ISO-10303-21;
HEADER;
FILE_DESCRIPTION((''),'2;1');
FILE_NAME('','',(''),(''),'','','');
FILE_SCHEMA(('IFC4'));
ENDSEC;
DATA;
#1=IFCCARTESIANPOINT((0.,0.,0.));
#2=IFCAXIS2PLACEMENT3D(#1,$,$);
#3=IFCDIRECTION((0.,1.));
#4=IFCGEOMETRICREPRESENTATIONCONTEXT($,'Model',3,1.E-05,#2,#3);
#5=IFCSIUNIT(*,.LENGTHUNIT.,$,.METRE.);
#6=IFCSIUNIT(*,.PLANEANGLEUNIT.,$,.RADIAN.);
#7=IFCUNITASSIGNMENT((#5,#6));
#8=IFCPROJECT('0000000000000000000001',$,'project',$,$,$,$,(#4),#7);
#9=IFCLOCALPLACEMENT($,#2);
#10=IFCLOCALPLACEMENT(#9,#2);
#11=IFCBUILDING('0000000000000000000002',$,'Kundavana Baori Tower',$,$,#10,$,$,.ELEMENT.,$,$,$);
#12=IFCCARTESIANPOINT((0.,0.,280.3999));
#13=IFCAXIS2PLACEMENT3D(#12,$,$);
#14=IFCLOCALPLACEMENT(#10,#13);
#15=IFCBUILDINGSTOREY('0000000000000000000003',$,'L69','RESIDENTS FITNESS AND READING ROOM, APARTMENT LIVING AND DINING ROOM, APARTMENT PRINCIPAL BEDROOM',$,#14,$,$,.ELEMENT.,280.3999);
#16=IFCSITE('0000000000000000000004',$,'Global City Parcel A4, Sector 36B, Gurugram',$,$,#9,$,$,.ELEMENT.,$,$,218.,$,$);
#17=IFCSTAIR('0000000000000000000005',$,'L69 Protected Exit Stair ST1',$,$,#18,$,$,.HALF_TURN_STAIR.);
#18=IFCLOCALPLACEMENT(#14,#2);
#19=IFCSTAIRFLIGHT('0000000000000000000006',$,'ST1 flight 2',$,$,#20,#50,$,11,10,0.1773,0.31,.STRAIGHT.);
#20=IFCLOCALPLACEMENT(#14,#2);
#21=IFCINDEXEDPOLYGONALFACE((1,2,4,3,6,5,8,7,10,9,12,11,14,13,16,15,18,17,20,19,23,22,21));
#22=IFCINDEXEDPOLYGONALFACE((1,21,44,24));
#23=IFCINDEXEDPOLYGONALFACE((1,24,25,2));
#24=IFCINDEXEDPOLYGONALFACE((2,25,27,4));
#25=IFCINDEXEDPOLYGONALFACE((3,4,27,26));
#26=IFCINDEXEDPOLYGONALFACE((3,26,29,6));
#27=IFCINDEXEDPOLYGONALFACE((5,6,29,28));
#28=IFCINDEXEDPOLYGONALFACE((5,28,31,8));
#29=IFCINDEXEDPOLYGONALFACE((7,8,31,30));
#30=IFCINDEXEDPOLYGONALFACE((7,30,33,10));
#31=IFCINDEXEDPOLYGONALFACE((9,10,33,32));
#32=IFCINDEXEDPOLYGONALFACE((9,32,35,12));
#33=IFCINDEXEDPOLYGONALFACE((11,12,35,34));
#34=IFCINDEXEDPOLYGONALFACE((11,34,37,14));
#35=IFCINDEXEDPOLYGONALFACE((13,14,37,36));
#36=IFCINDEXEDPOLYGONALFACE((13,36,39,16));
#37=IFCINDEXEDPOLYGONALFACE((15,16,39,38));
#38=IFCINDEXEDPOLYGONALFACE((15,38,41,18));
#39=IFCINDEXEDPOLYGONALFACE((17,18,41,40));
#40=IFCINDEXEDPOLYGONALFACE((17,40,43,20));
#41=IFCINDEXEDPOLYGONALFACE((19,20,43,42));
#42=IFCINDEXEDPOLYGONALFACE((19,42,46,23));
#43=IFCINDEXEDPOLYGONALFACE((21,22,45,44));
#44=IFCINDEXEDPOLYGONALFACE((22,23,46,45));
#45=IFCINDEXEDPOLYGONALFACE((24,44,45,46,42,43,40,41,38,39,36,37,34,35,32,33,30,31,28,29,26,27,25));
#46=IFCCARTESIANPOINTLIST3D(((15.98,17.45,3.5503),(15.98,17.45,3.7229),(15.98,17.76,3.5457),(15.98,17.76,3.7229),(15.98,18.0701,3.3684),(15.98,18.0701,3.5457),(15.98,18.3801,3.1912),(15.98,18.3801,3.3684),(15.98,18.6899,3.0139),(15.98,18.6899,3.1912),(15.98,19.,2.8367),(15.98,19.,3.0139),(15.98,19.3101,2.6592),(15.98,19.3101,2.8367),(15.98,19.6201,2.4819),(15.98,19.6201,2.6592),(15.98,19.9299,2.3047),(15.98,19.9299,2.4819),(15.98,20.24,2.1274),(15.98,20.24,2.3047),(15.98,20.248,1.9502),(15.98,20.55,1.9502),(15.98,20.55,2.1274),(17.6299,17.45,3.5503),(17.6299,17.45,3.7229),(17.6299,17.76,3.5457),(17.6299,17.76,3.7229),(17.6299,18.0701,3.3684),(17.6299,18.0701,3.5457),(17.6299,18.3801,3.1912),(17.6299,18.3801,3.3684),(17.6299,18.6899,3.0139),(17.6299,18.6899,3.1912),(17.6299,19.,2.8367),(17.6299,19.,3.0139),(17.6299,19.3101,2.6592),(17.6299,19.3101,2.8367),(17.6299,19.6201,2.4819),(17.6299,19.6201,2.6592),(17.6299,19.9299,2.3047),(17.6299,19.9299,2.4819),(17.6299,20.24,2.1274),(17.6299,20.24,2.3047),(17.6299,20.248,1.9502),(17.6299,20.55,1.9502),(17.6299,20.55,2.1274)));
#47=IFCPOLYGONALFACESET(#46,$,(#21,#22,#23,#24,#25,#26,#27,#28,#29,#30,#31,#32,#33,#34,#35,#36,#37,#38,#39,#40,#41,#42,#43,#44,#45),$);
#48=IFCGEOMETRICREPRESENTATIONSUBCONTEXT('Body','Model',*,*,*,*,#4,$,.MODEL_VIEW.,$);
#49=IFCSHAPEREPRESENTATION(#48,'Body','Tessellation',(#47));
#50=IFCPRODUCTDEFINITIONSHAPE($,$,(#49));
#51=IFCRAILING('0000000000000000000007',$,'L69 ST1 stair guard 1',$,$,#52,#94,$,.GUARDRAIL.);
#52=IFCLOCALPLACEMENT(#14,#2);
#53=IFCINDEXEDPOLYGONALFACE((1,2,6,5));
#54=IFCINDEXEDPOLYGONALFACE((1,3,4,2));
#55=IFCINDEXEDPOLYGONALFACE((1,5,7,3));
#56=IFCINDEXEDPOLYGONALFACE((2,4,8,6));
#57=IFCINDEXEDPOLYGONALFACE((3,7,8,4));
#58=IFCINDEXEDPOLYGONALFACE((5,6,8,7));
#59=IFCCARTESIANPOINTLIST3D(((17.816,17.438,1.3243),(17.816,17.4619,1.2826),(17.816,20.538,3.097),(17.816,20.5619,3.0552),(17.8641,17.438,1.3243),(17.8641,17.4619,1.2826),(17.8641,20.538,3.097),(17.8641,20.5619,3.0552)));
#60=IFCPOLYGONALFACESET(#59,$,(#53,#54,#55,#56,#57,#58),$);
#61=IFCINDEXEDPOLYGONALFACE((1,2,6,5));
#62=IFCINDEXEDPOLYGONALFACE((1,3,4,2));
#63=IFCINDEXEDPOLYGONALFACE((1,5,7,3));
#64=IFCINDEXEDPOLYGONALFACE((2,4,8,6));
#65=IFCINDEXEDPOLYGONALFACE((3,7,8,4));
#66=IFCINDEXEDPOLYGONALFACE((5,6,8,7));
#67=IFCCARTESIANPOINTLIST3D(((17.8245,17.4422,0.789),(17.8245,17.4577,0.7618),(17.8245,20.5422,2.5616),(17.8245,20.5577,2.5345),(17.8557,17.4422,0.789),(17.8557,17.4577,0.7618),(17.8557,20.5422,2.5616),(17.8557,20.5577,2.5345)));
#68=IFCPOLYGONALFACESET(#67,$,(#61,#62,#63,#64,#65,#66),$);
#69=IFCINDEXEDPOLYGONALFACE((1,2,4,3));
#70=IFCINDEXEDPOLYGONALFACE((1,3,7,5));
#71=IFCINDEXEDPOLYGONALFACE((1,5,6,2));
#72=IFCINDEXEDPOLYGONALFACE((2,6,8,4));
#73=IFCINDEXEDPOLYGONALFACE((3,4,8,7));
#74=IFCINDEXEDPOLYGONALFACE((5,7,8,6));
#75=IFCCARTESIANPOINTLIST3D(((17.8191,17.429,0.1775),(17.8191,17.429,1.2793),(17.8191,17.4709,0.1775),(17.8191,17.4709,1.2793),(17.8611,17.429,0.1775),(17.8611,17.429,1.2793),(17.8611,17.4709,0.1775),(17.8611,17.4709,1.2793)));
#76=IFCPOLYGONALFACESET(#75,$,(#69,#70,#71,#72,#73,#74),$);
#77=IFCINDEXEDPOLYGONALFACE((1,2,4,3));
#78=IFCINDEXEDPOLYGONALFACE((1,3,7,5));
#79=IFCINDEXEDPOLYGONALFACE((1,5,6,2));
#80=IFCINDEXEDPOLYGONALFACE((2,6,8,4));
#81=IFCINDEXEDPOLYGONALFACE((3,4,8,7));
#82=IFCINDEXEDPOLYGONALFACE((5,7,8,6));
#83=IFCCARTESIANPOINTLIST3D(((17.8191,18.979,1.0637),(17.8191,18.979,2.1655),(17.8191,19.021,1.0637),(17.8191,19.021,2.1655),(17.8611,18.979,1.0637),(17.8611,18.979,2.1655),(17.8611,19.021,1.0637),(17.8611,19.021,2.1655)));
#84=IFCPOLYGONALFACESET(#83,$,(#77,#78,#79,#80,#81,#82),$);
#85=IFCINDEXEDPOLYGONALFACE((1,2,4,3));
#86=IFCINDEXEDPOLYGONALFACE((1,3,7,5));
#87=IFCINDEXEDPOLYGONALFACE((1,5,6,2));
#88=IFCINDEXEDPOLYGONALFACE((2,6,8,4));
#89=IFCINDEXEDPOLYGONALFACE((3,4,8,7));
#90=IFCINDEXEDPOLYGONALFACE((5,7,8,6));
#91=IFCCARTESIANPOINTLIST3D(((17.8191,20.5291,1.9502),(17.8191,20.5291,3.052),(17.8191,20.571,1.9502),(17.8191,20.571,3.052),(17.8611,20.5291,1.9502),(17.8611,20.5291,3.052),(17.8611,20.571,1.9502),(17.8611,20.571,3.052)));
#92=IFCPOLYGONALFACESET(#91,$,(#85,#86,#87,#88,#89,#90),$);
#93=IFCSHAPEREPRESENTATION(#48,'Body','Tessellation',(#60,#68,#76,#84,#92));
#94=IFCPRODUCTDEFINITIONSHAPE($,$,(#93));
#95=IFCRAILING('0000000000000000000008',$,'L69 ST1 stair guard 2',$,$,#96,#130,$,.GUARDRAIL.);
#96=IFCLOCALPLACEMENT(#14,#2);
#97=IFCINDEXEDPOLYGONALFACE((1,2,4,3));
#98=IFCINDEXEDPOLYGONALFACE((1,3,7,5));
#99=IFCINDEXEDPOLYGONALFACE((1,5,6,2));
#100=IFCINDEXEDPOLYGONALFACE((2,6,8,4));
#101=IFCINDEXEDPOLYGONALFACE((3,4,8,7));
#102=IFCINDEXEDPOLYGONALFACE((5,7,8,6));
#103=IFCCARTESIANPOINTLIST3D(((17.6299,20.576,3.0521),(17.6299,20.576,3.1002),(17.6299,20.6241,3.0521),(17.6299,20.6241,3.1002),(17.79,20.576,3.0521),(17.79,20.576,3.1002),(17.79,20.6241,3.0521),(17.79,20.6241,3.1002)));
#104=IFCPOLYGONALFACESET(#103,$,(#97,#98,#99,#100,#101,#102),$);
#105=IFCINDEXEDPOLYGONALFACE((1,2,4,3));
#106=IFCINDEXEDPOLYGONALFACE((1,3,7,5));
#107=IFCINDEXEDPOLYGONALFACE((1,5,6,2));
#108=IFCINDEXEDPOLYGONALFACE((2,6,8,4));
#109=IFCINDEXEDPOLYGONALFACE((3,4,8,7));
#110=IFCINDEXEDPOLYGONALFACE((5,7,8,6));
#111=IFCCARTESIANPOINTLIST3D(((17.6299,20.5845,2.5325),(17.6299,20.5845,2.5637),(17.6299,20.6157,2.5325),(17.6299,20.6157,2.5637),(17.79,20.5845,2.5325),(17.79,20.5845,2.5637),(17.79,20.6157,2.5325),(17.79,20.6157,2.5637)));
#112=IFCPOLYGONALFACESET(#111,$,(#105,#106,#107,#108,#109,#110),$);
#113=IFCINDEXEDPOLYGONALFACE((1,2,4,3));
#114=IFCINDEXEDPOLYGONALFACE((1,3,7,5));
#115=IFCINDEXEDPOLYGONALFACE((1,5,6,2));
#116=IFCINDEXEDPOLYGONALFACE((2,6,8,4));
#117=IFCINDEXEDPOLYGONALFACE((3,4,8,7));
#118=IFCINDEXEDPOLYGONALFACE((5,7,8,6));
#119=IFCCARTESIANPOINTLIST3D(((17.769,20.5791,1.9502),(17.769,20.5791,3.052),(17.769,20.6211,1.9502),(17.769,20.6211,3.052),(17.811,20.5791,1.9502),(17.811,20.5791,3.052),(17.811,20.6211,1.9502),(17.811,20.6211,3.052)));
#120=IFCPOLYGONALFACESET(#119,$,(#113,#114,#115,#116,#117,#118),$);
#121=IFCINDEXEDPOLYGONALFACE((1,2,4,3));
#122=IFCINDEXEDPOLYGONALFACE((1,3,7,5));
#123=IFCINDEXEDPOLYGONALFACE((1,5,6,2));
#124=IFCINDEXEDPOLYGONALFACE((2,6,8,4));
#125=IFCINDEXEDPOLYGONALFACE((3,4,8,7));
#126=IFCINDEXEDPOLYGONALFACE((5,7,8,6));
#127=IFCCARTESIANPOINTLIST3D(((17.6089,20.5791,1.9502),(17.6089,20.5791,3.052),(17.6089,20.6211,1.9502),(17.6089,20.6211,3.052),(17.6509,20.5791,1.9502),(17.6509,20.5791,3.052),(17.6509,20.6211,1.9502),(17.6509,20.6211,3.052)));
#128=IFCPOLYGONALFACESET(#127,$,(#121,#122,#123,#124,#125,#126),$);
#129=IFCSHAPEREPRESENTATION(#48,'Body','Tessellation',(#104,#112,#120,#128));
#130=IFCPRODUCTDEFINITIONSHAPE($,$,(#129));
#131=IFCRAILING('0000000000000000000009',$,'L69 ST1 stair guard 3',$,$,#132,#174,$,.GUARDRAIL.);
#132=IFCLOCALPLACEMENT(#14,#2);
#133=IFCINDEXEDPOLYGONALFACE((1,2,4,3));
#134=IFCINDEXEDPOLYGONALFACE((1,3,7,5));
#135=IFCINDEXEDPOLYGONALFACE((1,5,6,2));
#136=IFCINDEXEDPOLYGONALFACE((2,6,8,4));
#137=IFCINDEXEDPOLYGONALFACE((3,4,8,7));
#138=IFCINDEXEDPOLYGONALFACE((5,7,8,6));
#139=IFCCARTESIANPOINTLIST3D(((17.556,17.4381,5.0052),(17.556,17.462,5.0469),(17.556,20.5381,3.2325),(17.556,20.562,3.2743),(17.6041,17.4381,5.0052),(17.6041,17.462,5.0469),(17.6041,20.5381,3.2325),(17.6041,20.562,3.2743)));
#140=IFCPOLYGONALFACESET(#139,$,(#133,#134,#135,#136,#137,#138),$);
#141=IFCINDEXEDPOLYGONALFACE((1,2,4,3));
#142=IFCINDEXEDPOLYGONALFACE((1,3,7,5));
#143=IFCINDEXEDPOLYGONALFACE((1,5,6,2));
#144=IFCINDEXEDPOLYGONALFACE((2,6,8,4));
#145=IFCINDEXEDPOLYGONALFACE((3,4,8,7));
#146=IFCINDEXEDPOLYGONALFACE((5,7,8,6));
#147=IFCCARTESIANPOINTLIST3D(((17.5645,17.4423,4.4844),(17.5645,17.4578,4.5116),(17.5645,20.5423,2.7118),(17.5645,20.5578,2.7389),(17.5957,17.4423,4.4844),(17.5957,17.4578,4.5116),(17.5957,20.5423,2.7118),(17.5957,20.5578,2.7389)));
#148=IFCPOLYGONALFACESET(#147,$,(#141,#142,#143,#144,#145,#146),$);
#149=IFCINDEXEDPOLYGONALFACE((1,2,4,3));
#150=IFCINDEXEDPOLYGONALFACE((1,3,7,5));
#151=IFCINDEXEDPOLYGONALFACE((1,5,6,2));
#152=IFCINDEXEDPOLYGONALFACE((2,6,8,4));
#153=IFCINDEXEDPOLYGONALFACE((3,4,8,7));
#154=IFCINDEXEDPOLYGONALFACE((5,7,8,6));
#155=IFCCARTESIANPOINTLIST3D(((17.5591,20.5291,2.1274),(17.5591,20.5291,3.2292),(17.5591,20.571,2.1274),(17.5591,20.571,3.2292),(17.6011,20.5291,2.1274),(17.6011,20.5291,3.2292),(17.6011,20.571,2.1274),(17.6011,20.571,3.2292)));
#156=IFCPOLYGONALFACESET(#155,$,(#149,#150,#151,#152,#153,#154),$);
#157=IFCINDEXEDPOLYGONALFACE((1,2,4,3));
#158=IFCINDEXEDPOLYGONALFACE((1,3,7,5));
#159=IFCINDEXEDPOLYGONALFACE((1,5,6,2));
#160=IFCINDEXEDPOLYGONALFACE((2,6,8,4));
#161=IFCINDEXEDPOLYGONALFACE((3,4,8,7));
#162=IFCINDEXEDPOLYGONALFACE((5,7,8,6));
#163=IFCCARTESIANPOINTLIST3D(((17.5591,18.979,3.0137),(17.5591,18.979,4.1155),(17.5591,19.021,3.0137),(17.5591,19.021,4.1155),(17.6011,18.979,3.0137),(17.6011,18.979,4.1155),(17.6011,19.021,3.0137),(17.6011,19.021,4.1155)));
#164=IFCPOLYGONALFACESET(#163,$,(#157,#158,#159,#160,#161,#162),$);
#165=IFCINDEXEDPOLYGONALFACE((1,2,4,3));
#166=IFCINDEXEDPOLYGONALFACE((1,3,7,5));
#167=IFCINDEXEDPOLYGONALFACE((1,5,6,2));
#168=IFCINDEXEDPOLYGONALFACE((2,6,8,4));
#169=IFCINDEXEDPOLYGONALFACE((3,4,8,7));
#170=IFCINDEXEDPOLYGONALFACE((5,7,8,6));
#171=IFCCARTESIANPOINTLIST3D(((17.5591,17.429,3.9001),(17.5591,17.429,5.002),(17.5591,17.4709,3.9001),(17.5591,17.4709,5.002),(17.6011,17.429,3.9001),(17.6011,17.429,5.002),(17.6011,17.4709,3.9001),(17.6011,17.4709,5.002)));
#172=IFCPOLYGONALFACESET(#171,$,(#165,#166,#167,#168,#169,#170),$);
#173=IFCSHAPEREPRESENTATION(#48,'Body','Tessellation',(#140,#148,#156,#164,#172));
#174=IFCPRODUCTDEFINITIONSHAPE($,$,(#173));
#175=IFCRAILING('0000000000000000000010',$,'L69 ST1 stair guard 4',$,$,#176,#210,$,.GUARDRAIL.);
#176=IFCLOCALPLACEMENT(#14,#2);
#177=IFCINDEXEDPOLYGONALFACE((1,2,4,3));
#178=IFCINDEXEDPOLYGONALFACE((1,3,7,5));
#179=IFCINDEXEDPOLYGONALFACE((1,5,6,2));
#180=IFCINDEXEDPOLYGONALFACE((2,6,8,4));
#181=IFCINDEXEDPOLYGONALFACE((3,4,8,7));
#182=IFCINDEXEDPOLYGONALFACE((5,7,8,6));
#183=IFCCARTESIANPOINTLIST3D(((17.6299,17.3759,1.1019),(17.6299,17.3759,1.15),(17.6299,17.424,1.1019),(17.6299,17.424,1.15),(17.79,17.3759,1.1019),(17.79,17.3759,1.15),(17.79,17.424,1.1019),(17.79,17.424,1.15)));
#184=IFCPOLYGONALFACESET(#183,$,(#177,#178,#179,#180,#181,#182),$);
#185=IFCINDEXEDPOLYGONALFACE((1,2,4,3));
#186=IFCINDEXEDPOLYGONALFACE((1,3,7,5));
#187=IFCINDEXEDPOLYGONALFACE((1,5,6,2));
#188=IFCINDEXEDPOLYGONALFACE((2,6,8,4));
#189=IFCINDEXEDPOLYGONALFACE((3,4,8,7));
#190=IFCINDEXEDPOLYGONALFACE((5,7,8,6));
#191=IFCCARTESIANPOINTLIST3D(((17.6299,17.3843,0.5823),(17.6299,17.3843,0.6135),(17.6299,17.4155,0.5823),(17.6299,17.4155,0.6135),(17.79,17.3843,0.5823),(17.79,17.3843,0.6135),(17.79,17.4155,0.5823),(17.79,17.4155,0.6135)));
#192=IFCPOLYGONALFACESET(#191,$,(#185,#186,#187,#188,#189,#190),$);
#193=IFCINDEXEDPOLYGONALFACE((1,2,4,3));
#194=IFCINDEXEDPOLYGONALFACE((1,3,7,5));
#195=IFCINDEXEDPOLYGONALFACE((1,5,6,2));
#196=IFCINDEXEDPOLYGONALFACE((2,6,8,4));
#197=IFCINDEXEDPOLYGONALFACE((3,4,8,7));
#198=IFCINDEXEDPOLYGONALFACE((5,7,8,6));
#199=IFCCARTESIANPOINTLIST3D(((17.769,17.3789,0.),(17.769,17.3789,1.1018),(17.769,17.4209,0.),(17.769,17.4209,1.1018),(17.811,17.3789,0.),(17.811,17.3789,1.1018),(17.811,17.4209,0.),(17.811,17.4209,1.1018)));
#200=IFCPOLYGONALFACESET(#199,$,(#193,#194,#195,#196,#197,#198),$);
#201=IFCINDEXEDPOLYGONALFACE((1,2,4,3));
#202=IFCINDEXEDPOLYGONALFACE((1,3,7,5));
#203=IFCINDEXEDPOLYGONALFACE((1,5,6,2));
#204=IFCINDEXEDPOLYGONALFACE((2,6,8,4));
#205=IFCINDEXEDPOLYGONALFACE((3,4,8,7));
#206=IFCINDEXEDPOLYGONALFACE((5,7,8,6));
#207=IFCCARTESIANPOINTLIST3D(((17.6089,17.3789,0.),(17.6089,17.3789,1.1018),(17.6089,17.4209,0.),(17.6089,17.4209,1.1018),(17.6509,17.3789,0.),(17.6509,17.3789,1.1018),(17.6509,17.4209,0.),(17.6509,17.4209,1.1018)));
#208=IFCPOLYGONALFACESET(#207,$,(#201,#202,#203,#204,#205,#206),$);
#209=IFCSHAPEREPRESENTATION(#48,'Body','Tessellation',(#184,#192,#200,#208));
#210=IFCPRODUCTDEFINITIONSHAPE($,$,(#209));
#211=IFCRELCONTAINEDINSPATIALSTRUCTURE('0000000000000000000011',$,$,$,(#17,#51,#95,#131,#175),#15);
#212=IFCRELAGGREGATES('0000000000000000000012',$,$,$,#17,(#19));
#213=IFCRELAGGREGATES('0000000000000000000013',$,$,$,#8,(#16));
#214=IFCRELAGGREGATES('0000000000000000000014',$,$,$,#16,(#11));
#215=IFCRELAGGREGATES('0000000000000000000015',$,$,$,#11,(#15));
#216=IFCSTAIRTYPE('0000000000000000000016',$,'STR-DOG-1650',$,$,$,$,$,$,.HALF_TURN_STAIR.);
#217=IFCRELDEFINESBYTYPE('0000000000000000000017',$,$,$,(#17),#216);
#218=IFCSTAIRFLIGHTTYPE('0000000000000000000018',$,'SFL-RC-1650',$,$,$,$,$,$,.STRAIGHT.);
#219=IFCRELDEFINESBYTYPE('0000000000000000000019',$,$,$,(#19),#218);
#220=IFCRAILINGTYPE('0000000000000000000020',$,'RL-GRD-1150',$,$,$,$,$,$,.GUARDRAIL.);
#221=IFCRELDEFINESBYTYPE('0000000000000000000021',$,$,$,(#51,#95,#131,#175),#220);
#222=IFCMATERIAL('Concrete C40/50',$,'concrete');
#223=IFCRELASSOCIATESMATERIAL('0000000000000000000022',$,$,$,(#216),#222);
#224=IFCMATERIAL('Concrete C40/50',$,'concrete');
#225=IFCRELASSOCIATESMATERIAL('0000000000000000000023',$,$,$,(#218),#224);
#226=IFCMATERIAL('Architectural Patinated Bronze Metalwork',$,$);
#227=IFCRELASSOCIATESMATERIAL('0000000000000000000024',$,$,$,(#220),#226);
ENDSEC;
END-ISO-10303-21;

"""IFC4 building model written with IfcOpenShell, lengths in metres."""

from ifc_helpers import new_model, si_unit, direction, frame, origin, origin_2d, place, context, subcontext, project, spatial, polyline, rectangle, outline, extrude, material, type_object, element, aggregate, save


model = new_model("IFC4")

# Units and contexts
model_context = context("Model", 3, precision=1e-05, world=origin(), true_north=direction((0.0, 1.0)))
body_context = subcontext(model_context, "Body", "Model", "MODEL_VIEW")
ifc_project = project(units=[si_unit("LENGTHUNIT", "METRE"), si_unit("PLANEANGLEUNIT", "RADIAN")], contexts=[model_context])

# Site, building, storey
site_placement = place(None, origin())
site = spatial("IfcSite", under=ifc_project, at=site_placement, Name="Global City Parcel A4, Sector 36B, Gurugram", CompositionType="ELEMENT", RefElevation=218.0)
building_placement = place(site_placement, origin())
building = spatial("IfcBuilding", under=site, at=building_placement, Name="Kundavana Baori Tower", CompositionType="ELEMENT")
storey_placement = place(building_placement, frame((0.0, 0.0, 280.3999)))
storey = spatial("IfcBuildingStorey", under=building, at=storey_placement, Name="L69", Description="RESIDENTS FITNESS AND READING ROOM, APARTMENT LIVING AND DINING ROOM, APARTMENT PRINCIPAL BEDROOM", CompositionType="ELEMENT", Elevation=280.3999)

# Stair, stair flight
ifc_material_1 = material(Name="Concrete C40/50", Category="concrete")
stair_type = type_object("IfcStairType", Name="STR-DOG-1650", PredefinedType="HALF_TURN_STAIR", material=ifc_material_1)
stair_placement = place(storey_placement, origin())
stair = element("IfcStair", 1, at=stair_placement, inside=storey, type_object=stair_type, Name="L69 Protected Exit Stair ST1", PredefinedType="HALF_TURN_STAIR")
ifc_material_2 = material(Name="Concrete C40/50", Category="concrete")
stair_flight_type = type_object("IfcStairFlightType", Name="SFL-RC-1650", PredefinedType="STRAIGHT", material=ifc_material_2)
stair_flight_1_placement = place(storey_placement, frame((16.8049, 20.55, 1.9502), z_axis=(0.0, 0.0, 1.0), x_axis=(0.0, -1.0, 0.0)))
stair_flight_1 = element("IfcStairFlight", 2, at=stair_flight_1_placement, type_object=stair_flight_type, Name="ST1 flight 2", NumberOfRisers=11, NumberOfTreads=10, PredefinedType="STRAIGHT", RiserHeight=0.1773, TreadLength=0.31, context=body_context, shape_type="SweptSolid", body=[
    extrude(outline(polyline([(0.0, 0.0), (0.0, 0.1772), (0.3101, 0.1772), (0.3101, 0.3545), (0.6201, 0.3545), (0.6201, 0.5317), (0.9299, 0.5317), (0.9299, 0.709), (1.24, 0.709), (1.24, 0.8865), (1.55, 0.8865), (1.55, 1.0637), (1.8601, 1.0637), (1.8601, 1.241), (2.1699, 1.241), (2.1699, 1.4182), (2.48, 1.4182), (2.48, 1.5955), (2.79, 1.5955), (2.79, 1.7727), (3.1001, 1.7727), (3.1001, 1.95), (3.1001, 1.6001), (0.302, 0.0), (0.0, 0.0)])), frame((0.0, 0.825, 0.0), z_axis=(0.0, -1.0, 0.0), x_axis=(1.0, 0.0, 0.0)), (0.0, 0.0, 1.0), 1.6499),
])
aggregate(stair, [stair_flight_1])

# Railings
ifc_material_3 = material(Name="Architectural Patinated Bronze Metalwork")
railing_type_1 = type_object("IfcRailingType", Name="RL-GRD-1150", PredefinedType="GUARDRAIL", material=ifc_material_3)
railing_1_placement = place(storey_placement, frame((17.8401, 17.45, 0.1775)))
element("IfcRailing", 3, at=railing_1_placement, inside=storey, type_object=railing_type_1, Name="L69 ST1 stair guard 1", PredefinedType="GUARDRAIL", context=body_context, shape_type="SweptSolid", body=[
    extrude(rectangle(XDim=0.0481, YDim=0.0481, at=origin_2d()), frame((0.0, 0.0, 1.126), z_axis=(0.0, 0.868096, 0.496397), x_axis=(-1.0, 0.0, 0.0)), (0.0, 0.0, 1.0), 3.571),
    extrude(rectangle(XDim=0.0312, YDim=0.0312, at=origin_2d()), frame((0.0, 0.0, 0.5979), z_axis=(0.0, 0.868096, 0.496397), x_axis=(-1.0, 0.0, 0.0)), (0.0, 0.0, 1.0), 3.571),
    extrude(rectangle(XDim=0.042, YDim=0.042, at=origin_2d()), origin(), (0.0, 0.0, 1.0), 1.1018),
    extrude(rectangle(XDim=0.042, YDim=0.042, at=origin_2d()), frame((0.0, 1.55, 0.8862)), (0.0, 0.0, 1.0), 1.1018),
    extrude(rectangle(XDim=0.042, YDim=0.042, at=origin_2d()), frame((0.0, 3.1001, 1.7727)), (0.0, 0.0, 1.0), 1.1018),
])
railing_2_placement = place(storey_placement, frame((17.79, 20.6001, 1.9502)))
element("IfcRailing", 4, at=railing_2_placement, inside=storey, type_object=railing_type_1, Name="L69 ST1 stair guard 2", PredefinedType="GUARDRAIL", context=body_context, shape_type="SweptSolid", body=[
    extrude(rectangle(XDim=0.0481, YDim=0.0481, at=origin_2d()), frame((0.0, 0.0, 1.126), z_axis=(-1.0, 0.0, 0.0), x_axis=(0.0, -1.0, 0.0)), (0.0, 0.0, 1.0), 0.1602),
    extrude(rectangle(XDim=0.0312, YDim=0.0312, at=origin_2d()), frame((0.0, 0.0, 0.5979), z_axis=(-1.0, 0.0, 0.0), x_axis=(0.0, -1.0, 0.0)), (0.0, 0.0, 1.0), 0.1602),
    extrude(rectangle(XDim=0.042, YDim=0.042, at=origin_2d()), origin(), (0.0, 0.0, 1.0), 1.1018),
    extrude(rectangle(XDim=0.042, YDim=0.042, at=origin_2d()), frame((-0.1602, 0.0, 0.0)), (0.0, 0.0, 1.0), 1.1018),
])
railing_3_placement = place(storey_placement, frame((17.5801, 20.55, 2.1274)))
element("IfcRailing", 5, at=railing_3_placement, inside=storey, type_object=railing_type_1, Name="L69 ST1 stair guard 3", PredefinedType="GUARDRAIL", context=body_context, shape_type="SweptSolid", body=[
    extrude(rectangle(XDim=0.0481, YDim=0.0481, at=origin_2d()), frame((0.0, 0.0, 1.126), z_axis=(0.0, -0.868096, 0.496397), x_axis=(1.0, 0.0, 0.0)), (0.0, 0.0, 1.0), 3.571),
    extrude(rectangle(XDim=0.0312, YDim=0.0312, at=origin_2d()), frame((0.0, 0.0, 0.5979), z_axis=(0.0, -0.868096, 0.496397), x_axis=(1.0, 0.0, 0.0)), (0.0, 0.0, 1.0), 3.571),
    extrude(rectangle(XDim=0.042, YDim=0.042, at=origin_2d()), origin(), (0.0, 0.0, 1.0), 1.1018),
    extrude(rectangle(XDim=0.042, YDim=0.042, at=origin_2d()), frame((0.0, -1.55, 0.8862)), (0.0, 0.0, 1.0), 1.1018),
    extrude(rectangle(XDim=0.042, YDim=0.042, at=origin_2d()), frame((0.0, -3.1001, 1.7727)), (0.0, 0.0, 1.0), 1.1018),
])
railing_4_placement = place(storey_placement, frame((17.79, 17.3999, 0.0)))
element("IfcRailing", 6, at=railing_4_placement, inside=storey, type_object=railing_type_1, Name="L69 ST1 stair guard 4", PredefinedType="GUARDRAIL", context=body_context, shape_type="SweptSolid", body=[
    extrude(rectangle(XDim=0.0481, YDim=0.0481, at=origin_2d()), frame((0.0, 0.0, 1.126), z_axis=(-1.0, 0.0, 0.0), x_axis=(0.0, -1.0, 0.0)), (0.0, 0.0, 1.0), 0.1602),
    extrude(rectangle(XDim=0.0312, YDim=0.0312, at=origin_2d()), frame((0.0, 0.0, 0.5979), z_axis=(-1.0, 0.0, 0.0), x_axis=(0.0, -1.0, 0.0)), (0.0, 0.0, 1.0), 0.1602),
    extrude(rectangle(XDim=0.042, YDim=0.042, at=origin_2d()), origin(), (0.0, 0.0, 1.0), 1.1018),
    extrude(rectangle(XDim=0.042, YDim=0.042, at=origin_2d()), frame((-0.1602, 0.0, 0.0)), (0.0, 0.0, 1.0), 1.1018),
])

save(model, "model.ifc")
